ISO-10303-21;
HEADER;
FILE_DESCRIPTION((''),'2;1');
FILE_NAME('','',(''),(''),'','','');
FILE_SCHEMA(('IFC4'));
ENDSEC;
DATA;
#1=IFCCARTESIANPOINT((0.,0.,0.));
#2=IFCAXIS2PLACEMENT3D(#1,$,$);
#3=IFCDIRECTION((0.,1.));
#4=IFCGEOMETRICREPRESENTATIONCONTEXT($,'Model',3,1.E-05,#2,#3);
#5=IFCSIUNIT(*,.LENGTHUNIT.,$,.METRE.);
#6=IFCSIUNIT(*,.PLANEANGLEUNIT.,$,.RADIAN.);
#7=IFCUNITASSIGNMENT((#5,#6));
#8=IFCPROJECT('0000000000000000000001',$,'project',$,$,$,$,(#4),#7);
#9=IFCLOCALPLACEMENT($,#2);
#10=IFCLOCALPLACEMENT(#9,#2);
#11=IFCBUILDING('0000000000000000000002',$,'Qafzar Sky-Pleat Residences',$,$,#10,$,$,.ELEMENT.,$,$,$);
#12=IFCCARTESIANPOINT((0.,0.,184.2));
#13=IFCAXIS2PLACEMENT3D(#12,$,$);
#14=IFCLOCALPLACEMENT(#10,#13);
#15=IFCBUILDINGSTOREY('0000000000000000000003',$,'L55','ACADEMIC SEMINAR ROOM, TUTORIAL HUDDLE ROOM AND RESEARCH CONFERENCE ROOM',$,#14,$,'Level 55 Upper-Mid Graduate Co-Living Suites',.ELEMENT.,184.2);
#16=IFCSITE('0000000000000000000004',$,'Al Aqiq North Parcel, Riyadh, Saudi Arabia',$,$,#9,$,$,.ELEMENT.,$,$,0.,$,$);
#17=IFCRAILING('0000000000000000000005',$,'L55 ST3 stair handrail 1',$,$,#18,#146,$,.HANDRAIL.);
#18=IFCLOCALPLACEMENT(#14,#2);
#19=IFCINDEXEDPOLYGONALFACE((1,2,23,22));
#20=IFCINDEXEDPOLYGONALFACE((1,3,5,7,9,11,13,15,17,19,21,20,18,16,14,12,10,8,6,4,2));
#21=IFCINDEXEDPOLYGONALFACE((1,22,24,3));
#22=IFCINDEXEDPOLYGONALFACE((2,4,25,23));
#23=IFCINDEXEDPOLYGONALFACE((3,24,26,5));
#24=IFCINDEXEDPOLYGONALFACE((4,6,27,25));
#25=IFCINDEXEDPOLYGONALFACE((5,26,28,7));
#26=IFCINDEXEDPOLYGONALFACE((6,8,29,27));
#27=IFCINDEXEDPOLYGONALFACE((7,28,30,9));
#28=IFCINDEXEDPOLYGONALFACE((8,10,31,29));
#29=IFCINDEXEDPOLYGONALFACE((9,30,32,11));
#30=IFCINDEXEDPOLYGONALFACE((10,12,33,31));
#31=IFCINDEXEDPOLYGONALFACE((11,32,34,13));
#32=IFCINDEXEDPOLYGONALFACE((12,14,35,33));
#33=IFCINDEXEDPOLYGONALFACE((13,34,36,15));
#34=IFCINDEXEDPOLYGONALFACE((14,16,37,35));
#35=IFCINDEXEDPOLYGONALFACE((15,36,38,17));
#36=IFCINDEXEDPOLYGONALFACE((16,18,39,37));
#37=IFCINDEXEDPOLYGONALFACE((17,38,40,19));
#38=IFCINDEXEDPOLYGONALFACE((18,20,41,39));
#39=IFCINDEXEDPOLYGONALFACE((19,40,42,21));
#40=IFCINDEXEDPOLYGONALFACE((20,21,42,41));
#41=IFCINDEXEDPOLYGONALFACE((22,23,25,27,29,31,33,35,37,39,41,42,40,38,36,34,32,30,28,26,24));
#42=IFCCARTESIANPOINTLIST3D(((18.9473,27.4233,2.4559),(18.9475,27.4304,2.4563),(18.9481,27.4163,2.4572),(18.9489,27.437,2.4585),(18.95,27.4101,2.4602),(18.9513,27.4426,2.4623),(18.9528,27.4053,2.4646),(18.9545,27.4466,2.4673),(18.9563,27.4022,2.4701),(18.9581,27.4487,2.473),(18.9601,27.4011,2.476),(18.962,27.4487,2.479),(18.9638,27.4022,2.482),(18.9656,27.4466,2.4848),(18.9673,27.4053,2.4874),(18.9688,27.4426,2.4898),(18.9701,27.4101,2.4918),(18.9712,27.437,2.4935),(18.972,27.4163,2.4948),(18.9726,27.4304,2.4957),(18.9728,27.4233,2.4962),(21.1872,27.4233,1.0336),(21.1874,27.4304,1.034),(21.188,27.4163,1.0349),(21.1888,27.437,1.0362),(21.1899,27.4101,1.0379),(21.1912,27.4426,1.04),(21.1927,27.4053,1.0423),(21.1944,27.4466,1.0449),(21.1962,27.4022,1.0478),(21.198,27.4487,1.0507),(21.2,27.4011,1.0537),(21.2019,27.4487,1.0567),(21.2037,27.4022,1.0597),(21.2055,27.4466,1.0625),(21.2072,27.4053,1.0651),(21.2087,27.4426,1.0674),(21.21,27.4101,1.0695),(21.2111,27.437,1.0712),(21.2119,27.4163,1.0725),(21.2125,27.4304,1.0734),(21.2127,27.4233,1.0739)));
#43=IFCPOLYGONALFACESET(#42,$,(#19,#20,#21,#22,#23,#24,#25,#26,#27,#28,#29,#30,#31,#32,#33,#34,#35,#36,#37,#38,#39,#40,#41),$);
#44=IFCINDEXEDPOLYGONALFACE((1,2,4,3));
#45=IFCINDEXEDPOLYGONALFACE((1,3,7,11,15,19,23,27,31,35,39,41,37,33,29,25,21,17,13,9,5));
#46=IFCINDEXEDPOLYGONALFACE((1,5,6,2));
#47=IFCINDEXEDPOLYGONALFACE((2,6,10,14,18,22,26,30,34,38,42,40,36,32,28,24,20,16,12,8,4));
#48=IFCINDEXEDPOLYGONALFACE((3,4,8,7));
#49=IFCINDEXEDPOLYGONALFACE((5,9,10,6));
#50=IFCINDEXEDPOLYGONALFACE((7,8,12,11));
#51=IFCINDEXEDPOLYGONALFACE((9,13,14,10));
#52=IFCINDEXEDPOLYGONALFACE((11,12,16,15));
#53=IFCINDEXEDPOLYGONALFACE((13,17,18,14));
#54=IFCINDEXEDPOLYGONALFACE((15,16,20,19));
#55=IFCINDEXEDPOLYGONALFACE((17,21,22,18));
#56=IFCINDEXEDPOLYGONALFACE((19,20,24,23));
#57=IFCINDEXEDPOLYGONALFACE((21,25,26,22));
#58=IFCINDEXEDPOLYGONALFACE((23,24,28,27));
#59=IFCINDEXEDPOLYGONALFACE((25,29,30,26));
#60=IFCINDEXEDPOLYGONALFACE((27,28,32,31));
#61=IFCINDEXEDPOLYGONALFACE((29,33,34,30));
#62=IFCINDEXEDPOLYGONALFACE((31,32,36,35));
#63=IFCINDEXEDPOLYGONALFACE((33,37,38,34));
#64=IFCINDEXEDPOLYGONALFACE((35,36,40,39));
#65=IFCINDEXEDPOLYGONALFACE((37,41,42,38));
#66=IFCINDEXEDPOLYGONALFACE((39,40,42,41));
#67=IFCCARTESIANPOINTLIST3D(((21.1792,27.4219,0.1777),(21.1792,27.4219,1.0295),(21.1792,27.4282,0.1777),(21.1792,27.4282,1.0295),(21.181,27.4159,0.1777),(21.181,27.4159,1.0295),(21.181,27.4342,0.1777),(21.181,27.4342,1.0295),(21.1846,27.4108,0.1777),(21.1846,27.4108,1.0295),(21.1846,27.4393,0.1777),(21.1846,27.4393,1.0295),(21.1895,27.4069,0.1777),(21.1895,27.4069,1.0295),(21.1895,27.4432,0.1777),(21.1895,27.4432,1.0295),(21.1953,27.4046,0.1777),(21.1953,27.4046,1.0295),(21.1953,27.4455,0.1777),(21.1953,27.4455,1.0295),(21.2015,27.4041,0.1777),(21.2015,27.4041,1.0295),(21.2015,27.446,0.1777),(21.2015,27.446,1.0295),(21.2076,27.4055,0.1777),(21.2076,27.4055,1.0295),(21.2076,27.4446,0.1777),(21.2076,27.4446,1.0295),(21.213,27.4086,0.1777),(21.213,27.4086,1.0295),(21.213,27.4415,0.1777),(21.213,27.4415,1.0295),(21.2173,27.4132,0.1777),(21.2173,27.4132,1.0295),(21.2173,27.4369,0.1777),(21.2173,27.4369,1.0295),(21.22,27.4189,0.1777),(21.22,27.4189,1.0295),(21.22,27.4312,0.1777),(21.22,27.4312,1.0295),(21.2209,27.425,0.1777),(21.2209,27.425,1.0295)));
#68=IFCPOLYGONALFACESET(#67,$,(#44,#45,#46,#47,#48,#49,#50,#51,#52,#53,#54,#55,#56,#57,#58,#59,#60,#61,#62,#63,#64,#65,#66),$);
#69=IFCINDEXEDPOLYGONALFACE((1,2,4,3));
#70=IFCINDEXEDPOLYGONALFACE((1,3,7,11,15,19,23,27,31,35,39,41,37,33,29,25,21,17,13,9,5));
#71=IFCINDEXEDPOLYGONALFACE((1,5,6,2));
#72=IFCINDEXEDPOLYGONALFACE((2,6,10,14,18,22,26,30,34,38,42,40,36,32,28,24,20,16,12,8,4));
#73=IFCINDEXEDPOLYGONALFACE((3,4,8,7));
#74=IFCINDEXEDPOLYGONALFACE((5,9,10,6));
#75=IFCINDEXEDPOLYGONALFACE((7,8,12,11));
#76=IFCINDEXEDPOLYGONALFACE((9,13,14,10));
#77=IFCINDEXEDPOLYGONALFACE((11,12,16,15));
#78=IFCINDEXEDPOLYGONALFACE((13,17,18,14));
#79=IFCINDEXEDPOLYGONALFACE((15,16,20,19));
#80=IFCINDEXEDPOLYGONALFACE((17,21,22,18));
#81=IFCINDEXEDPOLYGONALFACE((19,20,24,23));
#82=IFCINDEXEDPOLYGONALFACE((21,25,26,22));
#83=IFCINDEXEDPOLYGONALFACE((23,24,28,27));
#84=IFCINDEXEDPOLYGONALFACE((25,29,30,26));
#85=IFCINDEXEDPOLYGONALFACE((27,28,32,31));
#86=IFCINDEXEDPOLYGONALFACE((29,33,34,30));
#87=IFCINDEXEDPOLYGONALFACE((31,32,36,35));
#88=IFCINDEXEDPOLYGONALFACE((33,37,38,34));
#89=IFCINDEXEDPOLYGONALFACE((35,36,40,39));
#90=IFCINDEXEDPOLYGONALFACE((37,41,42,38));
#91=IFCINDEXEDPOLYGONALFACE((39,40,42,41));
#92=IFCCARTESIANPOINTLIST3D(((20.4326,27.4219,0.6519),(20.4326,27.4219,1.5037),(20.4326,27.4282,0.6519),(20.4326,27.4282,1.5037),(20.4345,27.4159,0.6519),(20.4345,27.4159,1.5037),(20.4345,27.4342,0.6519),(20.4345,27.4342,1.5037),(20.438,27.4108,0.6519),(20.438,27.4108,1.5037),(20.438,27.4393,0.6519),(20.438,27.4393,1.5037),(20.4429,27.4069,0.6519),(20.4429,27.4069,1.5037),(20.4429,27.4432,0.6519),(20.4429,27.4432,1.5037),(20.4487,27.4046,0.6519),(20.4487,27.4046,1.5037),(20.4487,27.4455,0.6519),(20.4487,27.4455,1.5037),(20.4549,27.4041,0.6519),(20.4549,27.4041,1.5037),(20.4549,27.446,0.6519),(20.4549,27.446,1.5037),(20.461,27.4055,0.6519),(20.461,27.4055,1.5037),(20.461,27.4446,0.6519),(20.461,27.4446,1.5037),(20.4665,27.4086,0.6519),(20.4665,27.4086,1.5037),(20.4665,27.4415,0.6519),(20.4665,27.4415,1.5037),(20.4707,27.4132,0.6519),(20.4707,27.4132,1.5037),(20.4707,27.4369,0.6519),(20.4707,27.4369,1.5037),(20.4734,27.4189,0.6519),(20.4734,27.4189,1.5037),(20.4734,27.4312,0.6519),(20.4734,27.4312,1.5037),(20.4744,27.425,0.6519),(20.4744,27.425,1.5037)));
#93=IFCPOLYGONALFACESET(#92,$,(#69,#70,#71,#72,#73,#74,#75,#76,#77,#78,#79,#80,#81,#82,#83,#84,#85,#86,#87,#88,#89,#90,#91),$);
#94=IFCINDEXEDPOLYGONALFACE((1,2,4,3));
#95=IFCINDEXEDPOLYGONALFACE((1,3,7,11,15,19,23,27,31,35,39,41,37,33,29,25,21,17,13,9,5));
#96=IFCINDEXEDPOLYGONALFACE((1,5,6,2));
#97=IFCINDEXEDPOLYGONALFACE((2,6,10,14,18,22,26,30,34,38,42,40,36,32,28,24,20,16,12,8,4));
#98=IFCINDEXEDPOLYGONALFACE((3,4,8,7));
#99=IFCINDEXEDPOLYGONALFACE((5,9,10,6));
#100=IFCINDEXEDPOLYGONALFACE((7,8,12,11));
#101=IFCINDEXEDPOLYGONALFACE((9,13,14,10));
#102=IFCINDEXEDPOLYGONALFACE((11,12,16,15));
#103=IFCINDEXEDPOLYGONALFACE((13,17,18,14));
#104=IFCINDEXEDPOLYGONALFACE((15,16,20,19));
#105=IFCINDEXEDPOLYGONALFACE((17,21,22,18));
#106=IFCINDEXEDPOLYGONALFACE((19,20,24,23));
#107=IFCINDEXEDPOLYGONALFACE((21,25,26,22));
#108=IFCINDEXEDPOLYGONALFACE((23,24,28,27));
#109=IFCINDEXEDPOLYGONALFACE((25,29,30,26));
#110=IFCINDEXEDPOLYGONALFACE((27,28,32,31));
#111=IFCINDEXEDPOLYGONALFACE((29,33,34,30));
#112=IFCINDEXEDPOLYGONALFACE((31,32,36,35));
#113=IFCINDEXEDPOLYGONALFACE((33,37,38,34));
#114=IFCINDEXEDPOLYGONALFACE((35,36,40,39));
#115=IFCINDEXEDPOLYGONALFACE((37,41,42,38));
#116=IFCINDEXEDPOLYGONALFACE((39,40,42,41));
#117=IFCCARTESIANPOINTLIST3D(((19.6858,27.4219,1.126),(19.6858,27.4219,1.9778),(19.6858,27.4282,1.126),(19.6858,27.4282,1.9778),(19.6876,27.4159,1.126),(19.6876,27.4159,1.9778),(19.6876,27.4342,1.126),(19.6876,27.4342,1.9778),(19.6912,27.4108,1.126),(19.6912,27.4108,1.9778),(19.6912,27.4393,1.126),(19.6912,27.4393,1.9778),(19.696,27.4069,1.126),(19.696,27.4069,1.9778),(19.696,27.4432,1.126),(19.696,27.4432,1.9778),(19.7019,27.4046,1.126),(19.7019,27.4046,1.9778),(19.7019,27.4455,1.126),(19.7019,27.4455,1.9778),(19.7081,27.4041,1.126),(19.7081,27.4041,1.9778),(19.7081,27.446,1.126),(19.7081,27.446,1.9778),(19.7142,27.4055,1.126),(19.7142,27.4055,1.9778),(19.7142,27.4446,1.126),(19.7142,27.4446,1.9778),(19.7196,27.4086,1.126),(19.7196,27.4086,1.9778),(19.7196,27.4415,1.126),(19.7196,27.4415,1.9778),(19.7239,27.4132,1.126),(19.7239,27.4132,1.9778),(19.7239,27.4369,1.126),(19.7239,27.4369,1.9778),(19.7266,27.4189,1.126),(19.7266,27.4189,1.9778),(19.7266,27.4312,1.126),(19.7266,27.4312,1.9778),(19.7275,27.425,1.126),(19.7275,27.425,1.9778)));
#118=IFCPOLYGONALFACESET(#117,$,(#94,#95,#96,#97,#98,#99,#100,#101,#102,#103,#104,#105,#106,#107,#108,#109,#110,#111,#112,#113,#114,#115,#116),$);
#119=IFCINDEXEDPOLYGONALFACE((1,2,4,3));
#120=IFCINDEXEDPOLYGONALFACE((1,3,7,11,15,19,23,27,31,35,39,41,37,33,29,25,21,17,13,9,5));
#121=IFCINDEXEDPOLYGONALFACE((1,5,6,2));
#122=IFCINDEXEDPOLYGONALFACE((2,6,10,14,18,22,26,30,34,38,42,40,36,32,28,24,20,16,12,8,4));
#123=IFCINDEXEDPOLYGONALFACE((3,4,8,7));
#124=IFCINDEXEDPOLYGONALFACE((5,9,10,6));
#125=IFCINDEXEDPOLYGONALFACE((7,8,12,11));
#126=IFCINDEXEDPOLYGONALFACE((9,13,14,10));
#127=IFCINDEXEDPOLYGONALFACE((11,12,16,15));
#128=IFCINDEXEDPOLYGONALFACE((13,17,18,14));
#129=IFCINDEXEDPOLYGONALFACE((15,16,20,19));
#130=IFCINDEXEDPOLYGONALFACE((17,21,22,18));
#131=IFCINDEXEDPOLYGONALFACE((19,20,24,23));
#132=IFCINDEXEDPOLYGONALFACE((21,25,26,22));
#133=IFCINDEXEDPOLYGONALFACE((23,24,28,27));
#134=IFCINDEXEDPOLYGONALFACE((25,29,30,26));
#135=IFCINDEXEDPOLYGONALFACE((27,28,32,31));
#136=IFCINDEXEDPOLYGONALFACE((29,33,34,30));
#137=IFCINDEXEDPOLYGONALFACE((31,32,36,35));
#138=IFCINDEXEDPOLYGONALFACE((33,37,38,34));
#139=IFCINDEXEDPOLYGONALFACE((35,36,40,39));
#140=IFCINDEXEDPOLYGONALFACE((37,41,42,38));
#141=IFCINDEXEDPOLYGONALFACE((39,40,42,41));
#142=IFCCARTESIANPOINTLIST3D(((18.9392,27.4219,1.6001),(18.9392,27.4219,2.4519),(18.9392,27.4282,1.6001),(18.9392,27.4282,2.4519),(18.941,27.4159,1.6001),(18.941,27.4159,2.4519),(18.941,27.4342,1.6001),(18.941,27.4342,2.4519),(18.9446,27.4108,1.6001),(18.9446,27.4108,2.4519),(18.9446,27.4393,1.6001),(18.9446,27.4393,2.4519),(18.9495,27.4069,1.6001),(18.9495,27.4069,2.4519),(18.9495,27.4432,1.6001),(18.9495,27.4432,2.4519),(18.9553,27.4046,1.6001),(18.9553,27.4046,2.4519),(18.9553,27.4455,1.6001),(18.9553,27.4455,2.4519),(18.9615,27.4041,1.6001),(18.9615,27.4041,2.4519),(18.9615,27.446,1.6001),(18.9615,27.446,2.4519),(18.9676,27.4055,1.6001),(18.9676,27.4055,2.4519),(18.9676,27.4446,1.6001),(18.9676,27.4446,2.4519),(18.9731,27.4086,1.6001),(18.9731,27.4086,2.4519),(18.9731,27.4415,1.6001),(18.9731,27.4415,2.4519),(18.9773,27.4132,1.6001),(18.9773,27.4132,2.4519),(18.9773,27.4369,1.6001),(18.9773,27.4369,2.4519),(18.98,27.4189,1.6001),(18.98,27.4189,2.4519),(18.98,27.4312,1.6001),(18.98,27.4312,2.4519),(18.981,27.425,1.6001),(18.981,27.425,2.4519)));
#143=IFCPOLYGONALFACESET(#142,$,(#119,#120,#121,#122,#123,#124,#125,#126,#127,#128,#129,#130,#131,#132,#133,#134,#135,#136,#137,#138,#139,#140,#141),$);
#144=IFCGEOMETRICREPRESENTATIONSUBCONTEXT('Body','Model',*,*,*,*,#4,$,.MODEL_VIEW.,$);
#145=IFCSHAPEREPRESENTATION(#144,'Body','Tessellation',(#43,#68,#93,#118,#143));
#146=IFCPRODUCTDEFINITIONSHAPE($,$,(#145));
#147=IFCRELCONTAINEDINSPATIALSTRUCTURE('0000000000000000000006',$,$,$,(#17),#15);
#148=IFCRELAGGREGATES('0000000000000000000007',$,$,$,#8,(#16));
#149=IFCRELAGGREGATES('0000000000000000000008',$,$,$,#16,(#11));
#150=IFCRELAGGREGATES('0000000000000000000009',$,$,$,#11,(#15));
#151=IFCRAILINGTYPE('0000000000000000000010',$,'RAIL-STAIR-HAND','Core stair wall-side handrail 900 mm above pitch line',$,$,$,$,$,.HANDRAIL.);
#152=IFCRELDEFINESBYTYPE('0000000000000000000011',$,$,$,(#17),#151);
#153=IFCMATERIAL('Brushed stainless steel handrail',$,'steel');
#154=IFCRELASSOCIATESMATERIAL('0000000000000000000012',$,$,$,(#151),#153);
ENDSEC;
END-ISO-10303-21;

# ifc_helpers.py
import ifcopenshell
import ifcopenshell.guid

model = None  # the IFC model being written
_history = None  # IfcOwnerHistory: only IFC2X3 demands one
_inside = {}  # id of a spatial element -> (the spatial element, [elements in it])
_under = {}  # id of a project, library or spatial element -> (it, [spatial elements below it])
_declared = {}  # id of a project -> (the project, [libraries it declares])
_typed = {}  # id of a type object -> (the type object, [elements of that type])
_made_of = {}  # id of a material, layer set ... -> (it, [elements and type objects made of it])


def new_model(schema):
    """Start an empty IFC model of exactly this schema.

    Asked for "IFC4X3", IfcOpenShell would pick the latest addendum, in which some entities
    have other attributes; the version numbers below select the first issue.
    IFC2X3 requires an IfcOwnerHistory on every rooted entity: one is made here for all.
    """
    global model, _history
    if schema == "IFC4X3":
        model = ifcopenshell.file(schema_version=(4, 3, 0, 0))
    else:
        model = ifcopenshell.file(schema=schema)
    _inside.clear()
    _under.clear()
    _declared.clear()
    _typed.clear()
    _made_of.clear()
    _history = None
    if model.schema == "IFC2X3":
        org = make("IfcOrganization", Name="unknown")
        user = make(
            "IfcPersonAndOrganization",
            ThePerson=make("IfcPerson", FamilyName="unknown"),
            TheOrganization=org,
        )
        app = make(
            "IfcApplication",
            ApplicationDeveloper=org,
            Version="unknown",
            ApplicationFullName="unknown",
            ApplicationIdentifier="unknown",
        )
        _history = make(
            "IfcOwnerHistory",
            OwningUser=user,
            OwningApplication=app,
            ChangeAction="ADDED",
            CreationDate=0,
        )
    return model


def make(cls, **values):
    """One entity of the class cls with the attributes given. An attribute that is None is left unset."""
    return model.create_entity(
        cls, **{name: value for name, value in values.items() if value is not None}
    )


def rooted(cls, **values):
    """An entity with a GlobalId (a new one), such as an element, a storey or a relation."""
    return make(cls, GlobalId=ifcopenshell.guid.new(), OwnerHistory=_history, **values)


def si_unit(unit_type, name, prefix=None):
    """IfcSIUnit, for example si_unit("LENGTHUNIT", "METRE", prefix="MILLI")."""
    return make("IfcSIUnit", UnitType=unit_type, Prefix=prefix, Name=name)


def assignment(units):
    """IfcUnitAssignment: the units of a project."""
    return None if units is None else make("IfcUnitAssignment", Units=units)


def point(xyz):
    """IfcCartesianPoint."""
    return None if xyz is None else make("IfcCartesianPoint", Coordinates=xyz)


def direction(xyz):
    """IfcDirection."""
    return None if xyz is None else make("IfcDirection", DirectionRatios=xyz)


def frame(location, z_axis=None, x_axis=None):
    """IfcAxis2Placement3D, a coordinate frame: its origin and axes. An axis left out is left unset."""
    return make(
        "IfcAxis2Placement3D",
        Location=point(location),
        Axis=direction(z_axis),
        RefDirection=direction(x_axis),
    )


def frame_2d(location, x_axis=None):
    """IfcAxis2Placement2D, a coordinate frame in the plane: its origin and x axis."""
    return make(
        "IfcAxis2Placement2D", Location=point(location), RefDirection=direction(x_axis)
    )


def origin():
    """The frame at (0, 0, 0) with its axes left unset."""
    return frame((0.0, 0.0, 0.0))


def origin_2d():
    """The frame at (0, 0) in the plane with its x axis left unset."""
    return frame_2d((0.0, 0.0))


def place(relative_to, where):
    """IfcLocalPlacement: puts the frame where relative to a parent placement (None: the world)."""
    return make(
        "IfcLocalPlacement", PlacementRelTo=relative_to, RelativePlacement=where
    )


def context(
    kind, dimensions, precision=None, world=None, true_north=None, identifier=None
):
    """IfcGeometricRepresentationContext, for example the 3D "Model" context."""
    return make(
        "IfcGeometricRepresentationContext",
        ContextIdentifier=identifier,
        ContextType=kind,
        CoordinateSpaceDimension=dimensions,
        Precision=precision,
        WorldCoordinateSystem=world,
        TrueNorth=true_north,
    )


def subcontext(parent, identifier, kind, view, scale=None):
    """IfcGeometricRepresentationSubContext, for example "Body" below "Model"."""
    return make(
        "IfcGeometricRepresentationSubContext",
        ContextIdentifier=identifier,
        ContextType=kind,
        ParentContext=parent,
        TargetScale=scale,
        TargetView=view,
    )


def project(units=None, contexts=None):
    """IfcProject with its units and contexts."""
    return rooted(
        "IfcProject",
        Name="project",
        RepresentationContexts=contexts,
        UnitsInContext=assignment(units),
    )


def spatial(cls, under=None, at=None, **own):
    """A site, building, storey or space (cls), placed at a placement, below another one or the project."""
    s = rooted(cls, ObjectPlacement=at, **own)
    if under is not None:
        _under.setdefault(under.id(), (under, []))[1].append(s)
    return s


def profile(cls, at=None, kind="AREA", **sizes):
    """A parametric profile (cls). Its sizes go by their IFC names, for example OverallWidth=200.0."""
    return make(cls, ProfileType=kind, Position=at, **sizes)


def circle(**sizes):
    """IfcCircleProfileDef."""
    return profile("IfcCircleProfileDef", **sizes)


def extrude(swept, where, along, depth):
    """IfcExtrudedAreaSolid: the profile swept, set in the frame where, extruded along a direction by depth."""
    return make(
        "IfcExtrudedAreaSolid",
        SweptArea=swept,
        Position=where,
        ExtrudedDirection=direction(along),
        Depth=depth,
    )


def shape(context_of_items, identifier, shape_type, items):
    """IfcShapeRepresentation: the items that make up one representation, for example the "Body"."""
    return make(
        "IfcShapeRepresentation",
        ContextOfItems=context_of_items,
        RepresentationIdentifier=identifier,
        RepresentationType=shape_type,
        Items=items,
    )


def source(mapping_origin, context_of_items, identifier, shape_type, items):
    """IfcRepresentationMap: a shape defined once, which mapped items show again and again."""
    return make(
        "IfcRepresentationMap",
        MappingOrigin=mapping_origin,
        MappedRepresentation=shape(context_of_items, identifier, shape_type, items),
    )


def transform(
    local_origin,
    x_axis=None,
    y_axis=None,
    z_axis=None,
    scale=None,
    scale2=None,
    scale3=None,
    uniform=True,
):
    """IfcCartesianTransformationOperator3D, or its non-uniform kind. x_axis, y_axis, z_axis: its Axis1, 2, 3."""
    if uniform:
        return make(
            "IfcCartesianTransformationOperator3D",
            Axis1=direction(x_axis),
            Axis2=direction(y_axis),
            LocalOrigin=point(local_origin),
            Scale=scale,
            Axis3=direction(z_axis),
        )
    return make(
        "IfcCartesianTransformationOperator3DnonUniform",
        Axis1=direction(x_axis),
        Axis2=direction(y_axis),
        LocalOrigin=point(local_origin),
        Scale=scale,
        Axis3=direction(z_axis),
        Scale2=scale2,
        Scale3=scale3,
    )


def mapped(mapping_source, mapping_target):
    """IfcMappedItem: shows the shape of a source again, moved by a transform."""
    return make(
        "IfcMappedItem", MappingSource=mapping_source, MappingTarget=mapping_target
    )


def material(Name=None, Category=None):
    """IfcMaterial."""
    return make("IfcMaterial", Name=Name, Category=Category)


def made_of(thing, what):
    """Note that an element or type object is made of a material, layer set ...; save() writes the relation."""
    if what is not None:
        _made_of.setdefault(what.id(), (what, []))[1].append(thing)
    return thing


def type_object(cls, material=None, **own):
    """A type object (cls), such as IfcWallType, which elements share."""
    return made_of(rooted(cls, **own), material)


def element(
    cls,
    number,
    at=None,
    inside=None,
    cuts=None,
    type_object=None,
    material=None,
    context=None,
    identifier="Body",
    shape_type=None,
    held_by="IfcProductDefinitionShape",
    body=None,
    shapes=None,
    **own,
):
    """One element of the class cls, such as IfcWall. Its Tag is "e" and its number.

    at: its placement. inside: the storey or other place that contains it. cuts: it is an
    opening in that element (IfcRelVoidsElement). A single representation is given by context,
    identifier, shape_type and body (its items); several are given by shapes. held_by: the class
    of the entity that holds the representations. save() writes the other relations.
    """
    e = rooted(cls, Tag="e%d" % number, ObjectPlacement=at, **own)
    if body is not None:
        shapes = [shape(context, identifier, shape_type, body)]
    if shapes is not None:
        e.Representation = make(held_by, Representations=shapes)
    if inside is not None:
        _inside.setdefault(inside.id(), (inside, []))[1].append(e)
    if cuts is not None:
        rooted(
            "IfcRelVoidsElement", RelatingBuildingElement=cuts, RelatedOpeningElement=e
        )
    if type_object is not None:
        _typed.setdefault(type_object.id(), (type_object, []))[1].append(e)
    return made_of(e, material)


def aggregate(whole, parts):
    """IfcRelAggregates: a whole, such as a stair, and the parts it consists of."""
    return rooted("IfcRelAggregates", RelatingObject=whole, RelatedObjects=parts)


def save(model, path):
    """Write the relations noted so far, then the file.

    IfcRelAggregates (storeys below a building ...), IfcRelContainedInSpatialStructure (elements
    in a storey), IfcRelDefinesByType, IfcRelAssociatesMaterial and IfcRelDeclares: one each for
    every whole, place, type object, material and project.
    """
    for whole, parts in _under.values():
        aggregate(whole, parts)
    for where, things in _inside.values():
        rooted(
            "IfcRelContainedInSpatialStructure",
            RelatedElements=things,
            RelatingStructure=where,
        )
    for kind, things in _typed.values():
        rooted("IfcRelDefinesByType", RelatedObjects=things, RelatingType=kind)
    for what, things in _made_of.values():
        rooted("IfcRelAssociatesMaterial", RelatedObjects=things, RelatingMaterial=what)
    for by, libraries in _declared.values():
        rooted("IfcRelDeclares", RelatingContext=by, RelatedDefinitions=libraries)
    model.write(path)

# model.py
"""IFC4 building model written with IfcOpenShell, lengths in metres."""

from ifc_helpers import new_model, si_unit, direction, frame, origin, origin_2d, place, context, subcontext, project, spatial, circle, extrude, source, transform, mapped, material, type_object, element, save


model = new_model("IFC4")

# Units and contexts
model_context = context("Model", 3, precision=1e-05, world=origin(), true_north=direction((0.0, 1.0)))
body_context = subcontext(model_context, "Body", "Model", "MODEL_VIEW")
ifc_project = project(units=[si_unit("LENGTHUNIT", "METRE"), si_unit("PLANEANGLEUNIT", "RADIAN")], contexts=[model_context])

# Site, building, storey
site_placement = place(None, origin())
site = spatial("IfcSite", under=ifc_project, at=site_placement, Name="Al Aqiq North Parcel, Riyadh, Saudi Arabia", CompositionType="ELEMENT", RefElevation=0.0)
building_placement = place(site_placement, origin())
building = spatial("IfcBuilding", under=site, at=building_placement, Name="Qafzar Sky-Pleat Residences", CompositionType="ELEMENT")
storey_placement = place(building_placement, frame((0.0, 0.0, 184.2)))
storey = spatial("IfcBuildingStorey", under=building, at=storey_placement, Name="L55", Description="ACADEMIC SEMINAR ROOM, TUTORIAL HUDDLE ROOM AND RESEARCH CONFERENCE ROOM", LongName="Level 55 Upper-Mid Graduate Co-Living Suites", CompositionType="ELEMENT", Elevation=184.2)

# Railing
ifc_material_1 = material(Name="Brushed stainless steel handrail", Category="steel")
railing_type = type_object("IfcRailingType", Name="RAIL-STAIR-HAND", Description="Core stair wall-side handrail 900 mm above pitch line", PredefinedType="HANDRAIL", material=ifc_material_1)
shared_shape_1 = source(origin(), body_context, "Body", "SweptSolid", [
    extrude(circle(Radius=0.0239, at=origin_2d()), frame((0.0, 0.0, 0.876), z_axis=(-0.844188, 0.0, 0.536048), x_axis=(0.0, -1.0, 0.0)), (0.0, 0.0, 1.0), 2.6533),
    extrude(circle(Radius=0.021, at=origin_2d()), origin(), (0.0, 0.0, 1.0), 0.8518),
    extrude(circle(Radius=0.021, at=origin_2d()), frame((-0.7466, 0.0, 0.4741)), (0.0, 0.0, 1.0), 0.8518),
    extrude(circle(Radius=0.021, at=origin_2d()), frame((-1.4934, 0.0, 0.9482)), (0.0, 0.0, 1.0), 0.8518),
    extrude(circle(Radius=0.021, at=origin_2d()), frame((-2.24, 0.0, 1.4224)), (0.0, 0.0, 1.0), 0.8518),
])
railing_placement = place(storey_placement, frame((21.2, 27.425, 0.1777)))
element("IfcRailing", 1, at=railing_placement, inside=storey, type_object=railing_type, Name="L55 ST3 stair handrail 1", PredefinedType="HANDRAIL", context=body_context, shape_type="MappedRepresentation", body=[
    mapped(shared_shape_1, transform((0.0, 0.0, 0.0), x_axis=(1.0, 0.0, 0.0), y_axis=(0.0, 1.0, 0.0), z_axis=(0.0, 0.0, 1.0), scale=1.0)),
])

save(model, "model.ifc")
